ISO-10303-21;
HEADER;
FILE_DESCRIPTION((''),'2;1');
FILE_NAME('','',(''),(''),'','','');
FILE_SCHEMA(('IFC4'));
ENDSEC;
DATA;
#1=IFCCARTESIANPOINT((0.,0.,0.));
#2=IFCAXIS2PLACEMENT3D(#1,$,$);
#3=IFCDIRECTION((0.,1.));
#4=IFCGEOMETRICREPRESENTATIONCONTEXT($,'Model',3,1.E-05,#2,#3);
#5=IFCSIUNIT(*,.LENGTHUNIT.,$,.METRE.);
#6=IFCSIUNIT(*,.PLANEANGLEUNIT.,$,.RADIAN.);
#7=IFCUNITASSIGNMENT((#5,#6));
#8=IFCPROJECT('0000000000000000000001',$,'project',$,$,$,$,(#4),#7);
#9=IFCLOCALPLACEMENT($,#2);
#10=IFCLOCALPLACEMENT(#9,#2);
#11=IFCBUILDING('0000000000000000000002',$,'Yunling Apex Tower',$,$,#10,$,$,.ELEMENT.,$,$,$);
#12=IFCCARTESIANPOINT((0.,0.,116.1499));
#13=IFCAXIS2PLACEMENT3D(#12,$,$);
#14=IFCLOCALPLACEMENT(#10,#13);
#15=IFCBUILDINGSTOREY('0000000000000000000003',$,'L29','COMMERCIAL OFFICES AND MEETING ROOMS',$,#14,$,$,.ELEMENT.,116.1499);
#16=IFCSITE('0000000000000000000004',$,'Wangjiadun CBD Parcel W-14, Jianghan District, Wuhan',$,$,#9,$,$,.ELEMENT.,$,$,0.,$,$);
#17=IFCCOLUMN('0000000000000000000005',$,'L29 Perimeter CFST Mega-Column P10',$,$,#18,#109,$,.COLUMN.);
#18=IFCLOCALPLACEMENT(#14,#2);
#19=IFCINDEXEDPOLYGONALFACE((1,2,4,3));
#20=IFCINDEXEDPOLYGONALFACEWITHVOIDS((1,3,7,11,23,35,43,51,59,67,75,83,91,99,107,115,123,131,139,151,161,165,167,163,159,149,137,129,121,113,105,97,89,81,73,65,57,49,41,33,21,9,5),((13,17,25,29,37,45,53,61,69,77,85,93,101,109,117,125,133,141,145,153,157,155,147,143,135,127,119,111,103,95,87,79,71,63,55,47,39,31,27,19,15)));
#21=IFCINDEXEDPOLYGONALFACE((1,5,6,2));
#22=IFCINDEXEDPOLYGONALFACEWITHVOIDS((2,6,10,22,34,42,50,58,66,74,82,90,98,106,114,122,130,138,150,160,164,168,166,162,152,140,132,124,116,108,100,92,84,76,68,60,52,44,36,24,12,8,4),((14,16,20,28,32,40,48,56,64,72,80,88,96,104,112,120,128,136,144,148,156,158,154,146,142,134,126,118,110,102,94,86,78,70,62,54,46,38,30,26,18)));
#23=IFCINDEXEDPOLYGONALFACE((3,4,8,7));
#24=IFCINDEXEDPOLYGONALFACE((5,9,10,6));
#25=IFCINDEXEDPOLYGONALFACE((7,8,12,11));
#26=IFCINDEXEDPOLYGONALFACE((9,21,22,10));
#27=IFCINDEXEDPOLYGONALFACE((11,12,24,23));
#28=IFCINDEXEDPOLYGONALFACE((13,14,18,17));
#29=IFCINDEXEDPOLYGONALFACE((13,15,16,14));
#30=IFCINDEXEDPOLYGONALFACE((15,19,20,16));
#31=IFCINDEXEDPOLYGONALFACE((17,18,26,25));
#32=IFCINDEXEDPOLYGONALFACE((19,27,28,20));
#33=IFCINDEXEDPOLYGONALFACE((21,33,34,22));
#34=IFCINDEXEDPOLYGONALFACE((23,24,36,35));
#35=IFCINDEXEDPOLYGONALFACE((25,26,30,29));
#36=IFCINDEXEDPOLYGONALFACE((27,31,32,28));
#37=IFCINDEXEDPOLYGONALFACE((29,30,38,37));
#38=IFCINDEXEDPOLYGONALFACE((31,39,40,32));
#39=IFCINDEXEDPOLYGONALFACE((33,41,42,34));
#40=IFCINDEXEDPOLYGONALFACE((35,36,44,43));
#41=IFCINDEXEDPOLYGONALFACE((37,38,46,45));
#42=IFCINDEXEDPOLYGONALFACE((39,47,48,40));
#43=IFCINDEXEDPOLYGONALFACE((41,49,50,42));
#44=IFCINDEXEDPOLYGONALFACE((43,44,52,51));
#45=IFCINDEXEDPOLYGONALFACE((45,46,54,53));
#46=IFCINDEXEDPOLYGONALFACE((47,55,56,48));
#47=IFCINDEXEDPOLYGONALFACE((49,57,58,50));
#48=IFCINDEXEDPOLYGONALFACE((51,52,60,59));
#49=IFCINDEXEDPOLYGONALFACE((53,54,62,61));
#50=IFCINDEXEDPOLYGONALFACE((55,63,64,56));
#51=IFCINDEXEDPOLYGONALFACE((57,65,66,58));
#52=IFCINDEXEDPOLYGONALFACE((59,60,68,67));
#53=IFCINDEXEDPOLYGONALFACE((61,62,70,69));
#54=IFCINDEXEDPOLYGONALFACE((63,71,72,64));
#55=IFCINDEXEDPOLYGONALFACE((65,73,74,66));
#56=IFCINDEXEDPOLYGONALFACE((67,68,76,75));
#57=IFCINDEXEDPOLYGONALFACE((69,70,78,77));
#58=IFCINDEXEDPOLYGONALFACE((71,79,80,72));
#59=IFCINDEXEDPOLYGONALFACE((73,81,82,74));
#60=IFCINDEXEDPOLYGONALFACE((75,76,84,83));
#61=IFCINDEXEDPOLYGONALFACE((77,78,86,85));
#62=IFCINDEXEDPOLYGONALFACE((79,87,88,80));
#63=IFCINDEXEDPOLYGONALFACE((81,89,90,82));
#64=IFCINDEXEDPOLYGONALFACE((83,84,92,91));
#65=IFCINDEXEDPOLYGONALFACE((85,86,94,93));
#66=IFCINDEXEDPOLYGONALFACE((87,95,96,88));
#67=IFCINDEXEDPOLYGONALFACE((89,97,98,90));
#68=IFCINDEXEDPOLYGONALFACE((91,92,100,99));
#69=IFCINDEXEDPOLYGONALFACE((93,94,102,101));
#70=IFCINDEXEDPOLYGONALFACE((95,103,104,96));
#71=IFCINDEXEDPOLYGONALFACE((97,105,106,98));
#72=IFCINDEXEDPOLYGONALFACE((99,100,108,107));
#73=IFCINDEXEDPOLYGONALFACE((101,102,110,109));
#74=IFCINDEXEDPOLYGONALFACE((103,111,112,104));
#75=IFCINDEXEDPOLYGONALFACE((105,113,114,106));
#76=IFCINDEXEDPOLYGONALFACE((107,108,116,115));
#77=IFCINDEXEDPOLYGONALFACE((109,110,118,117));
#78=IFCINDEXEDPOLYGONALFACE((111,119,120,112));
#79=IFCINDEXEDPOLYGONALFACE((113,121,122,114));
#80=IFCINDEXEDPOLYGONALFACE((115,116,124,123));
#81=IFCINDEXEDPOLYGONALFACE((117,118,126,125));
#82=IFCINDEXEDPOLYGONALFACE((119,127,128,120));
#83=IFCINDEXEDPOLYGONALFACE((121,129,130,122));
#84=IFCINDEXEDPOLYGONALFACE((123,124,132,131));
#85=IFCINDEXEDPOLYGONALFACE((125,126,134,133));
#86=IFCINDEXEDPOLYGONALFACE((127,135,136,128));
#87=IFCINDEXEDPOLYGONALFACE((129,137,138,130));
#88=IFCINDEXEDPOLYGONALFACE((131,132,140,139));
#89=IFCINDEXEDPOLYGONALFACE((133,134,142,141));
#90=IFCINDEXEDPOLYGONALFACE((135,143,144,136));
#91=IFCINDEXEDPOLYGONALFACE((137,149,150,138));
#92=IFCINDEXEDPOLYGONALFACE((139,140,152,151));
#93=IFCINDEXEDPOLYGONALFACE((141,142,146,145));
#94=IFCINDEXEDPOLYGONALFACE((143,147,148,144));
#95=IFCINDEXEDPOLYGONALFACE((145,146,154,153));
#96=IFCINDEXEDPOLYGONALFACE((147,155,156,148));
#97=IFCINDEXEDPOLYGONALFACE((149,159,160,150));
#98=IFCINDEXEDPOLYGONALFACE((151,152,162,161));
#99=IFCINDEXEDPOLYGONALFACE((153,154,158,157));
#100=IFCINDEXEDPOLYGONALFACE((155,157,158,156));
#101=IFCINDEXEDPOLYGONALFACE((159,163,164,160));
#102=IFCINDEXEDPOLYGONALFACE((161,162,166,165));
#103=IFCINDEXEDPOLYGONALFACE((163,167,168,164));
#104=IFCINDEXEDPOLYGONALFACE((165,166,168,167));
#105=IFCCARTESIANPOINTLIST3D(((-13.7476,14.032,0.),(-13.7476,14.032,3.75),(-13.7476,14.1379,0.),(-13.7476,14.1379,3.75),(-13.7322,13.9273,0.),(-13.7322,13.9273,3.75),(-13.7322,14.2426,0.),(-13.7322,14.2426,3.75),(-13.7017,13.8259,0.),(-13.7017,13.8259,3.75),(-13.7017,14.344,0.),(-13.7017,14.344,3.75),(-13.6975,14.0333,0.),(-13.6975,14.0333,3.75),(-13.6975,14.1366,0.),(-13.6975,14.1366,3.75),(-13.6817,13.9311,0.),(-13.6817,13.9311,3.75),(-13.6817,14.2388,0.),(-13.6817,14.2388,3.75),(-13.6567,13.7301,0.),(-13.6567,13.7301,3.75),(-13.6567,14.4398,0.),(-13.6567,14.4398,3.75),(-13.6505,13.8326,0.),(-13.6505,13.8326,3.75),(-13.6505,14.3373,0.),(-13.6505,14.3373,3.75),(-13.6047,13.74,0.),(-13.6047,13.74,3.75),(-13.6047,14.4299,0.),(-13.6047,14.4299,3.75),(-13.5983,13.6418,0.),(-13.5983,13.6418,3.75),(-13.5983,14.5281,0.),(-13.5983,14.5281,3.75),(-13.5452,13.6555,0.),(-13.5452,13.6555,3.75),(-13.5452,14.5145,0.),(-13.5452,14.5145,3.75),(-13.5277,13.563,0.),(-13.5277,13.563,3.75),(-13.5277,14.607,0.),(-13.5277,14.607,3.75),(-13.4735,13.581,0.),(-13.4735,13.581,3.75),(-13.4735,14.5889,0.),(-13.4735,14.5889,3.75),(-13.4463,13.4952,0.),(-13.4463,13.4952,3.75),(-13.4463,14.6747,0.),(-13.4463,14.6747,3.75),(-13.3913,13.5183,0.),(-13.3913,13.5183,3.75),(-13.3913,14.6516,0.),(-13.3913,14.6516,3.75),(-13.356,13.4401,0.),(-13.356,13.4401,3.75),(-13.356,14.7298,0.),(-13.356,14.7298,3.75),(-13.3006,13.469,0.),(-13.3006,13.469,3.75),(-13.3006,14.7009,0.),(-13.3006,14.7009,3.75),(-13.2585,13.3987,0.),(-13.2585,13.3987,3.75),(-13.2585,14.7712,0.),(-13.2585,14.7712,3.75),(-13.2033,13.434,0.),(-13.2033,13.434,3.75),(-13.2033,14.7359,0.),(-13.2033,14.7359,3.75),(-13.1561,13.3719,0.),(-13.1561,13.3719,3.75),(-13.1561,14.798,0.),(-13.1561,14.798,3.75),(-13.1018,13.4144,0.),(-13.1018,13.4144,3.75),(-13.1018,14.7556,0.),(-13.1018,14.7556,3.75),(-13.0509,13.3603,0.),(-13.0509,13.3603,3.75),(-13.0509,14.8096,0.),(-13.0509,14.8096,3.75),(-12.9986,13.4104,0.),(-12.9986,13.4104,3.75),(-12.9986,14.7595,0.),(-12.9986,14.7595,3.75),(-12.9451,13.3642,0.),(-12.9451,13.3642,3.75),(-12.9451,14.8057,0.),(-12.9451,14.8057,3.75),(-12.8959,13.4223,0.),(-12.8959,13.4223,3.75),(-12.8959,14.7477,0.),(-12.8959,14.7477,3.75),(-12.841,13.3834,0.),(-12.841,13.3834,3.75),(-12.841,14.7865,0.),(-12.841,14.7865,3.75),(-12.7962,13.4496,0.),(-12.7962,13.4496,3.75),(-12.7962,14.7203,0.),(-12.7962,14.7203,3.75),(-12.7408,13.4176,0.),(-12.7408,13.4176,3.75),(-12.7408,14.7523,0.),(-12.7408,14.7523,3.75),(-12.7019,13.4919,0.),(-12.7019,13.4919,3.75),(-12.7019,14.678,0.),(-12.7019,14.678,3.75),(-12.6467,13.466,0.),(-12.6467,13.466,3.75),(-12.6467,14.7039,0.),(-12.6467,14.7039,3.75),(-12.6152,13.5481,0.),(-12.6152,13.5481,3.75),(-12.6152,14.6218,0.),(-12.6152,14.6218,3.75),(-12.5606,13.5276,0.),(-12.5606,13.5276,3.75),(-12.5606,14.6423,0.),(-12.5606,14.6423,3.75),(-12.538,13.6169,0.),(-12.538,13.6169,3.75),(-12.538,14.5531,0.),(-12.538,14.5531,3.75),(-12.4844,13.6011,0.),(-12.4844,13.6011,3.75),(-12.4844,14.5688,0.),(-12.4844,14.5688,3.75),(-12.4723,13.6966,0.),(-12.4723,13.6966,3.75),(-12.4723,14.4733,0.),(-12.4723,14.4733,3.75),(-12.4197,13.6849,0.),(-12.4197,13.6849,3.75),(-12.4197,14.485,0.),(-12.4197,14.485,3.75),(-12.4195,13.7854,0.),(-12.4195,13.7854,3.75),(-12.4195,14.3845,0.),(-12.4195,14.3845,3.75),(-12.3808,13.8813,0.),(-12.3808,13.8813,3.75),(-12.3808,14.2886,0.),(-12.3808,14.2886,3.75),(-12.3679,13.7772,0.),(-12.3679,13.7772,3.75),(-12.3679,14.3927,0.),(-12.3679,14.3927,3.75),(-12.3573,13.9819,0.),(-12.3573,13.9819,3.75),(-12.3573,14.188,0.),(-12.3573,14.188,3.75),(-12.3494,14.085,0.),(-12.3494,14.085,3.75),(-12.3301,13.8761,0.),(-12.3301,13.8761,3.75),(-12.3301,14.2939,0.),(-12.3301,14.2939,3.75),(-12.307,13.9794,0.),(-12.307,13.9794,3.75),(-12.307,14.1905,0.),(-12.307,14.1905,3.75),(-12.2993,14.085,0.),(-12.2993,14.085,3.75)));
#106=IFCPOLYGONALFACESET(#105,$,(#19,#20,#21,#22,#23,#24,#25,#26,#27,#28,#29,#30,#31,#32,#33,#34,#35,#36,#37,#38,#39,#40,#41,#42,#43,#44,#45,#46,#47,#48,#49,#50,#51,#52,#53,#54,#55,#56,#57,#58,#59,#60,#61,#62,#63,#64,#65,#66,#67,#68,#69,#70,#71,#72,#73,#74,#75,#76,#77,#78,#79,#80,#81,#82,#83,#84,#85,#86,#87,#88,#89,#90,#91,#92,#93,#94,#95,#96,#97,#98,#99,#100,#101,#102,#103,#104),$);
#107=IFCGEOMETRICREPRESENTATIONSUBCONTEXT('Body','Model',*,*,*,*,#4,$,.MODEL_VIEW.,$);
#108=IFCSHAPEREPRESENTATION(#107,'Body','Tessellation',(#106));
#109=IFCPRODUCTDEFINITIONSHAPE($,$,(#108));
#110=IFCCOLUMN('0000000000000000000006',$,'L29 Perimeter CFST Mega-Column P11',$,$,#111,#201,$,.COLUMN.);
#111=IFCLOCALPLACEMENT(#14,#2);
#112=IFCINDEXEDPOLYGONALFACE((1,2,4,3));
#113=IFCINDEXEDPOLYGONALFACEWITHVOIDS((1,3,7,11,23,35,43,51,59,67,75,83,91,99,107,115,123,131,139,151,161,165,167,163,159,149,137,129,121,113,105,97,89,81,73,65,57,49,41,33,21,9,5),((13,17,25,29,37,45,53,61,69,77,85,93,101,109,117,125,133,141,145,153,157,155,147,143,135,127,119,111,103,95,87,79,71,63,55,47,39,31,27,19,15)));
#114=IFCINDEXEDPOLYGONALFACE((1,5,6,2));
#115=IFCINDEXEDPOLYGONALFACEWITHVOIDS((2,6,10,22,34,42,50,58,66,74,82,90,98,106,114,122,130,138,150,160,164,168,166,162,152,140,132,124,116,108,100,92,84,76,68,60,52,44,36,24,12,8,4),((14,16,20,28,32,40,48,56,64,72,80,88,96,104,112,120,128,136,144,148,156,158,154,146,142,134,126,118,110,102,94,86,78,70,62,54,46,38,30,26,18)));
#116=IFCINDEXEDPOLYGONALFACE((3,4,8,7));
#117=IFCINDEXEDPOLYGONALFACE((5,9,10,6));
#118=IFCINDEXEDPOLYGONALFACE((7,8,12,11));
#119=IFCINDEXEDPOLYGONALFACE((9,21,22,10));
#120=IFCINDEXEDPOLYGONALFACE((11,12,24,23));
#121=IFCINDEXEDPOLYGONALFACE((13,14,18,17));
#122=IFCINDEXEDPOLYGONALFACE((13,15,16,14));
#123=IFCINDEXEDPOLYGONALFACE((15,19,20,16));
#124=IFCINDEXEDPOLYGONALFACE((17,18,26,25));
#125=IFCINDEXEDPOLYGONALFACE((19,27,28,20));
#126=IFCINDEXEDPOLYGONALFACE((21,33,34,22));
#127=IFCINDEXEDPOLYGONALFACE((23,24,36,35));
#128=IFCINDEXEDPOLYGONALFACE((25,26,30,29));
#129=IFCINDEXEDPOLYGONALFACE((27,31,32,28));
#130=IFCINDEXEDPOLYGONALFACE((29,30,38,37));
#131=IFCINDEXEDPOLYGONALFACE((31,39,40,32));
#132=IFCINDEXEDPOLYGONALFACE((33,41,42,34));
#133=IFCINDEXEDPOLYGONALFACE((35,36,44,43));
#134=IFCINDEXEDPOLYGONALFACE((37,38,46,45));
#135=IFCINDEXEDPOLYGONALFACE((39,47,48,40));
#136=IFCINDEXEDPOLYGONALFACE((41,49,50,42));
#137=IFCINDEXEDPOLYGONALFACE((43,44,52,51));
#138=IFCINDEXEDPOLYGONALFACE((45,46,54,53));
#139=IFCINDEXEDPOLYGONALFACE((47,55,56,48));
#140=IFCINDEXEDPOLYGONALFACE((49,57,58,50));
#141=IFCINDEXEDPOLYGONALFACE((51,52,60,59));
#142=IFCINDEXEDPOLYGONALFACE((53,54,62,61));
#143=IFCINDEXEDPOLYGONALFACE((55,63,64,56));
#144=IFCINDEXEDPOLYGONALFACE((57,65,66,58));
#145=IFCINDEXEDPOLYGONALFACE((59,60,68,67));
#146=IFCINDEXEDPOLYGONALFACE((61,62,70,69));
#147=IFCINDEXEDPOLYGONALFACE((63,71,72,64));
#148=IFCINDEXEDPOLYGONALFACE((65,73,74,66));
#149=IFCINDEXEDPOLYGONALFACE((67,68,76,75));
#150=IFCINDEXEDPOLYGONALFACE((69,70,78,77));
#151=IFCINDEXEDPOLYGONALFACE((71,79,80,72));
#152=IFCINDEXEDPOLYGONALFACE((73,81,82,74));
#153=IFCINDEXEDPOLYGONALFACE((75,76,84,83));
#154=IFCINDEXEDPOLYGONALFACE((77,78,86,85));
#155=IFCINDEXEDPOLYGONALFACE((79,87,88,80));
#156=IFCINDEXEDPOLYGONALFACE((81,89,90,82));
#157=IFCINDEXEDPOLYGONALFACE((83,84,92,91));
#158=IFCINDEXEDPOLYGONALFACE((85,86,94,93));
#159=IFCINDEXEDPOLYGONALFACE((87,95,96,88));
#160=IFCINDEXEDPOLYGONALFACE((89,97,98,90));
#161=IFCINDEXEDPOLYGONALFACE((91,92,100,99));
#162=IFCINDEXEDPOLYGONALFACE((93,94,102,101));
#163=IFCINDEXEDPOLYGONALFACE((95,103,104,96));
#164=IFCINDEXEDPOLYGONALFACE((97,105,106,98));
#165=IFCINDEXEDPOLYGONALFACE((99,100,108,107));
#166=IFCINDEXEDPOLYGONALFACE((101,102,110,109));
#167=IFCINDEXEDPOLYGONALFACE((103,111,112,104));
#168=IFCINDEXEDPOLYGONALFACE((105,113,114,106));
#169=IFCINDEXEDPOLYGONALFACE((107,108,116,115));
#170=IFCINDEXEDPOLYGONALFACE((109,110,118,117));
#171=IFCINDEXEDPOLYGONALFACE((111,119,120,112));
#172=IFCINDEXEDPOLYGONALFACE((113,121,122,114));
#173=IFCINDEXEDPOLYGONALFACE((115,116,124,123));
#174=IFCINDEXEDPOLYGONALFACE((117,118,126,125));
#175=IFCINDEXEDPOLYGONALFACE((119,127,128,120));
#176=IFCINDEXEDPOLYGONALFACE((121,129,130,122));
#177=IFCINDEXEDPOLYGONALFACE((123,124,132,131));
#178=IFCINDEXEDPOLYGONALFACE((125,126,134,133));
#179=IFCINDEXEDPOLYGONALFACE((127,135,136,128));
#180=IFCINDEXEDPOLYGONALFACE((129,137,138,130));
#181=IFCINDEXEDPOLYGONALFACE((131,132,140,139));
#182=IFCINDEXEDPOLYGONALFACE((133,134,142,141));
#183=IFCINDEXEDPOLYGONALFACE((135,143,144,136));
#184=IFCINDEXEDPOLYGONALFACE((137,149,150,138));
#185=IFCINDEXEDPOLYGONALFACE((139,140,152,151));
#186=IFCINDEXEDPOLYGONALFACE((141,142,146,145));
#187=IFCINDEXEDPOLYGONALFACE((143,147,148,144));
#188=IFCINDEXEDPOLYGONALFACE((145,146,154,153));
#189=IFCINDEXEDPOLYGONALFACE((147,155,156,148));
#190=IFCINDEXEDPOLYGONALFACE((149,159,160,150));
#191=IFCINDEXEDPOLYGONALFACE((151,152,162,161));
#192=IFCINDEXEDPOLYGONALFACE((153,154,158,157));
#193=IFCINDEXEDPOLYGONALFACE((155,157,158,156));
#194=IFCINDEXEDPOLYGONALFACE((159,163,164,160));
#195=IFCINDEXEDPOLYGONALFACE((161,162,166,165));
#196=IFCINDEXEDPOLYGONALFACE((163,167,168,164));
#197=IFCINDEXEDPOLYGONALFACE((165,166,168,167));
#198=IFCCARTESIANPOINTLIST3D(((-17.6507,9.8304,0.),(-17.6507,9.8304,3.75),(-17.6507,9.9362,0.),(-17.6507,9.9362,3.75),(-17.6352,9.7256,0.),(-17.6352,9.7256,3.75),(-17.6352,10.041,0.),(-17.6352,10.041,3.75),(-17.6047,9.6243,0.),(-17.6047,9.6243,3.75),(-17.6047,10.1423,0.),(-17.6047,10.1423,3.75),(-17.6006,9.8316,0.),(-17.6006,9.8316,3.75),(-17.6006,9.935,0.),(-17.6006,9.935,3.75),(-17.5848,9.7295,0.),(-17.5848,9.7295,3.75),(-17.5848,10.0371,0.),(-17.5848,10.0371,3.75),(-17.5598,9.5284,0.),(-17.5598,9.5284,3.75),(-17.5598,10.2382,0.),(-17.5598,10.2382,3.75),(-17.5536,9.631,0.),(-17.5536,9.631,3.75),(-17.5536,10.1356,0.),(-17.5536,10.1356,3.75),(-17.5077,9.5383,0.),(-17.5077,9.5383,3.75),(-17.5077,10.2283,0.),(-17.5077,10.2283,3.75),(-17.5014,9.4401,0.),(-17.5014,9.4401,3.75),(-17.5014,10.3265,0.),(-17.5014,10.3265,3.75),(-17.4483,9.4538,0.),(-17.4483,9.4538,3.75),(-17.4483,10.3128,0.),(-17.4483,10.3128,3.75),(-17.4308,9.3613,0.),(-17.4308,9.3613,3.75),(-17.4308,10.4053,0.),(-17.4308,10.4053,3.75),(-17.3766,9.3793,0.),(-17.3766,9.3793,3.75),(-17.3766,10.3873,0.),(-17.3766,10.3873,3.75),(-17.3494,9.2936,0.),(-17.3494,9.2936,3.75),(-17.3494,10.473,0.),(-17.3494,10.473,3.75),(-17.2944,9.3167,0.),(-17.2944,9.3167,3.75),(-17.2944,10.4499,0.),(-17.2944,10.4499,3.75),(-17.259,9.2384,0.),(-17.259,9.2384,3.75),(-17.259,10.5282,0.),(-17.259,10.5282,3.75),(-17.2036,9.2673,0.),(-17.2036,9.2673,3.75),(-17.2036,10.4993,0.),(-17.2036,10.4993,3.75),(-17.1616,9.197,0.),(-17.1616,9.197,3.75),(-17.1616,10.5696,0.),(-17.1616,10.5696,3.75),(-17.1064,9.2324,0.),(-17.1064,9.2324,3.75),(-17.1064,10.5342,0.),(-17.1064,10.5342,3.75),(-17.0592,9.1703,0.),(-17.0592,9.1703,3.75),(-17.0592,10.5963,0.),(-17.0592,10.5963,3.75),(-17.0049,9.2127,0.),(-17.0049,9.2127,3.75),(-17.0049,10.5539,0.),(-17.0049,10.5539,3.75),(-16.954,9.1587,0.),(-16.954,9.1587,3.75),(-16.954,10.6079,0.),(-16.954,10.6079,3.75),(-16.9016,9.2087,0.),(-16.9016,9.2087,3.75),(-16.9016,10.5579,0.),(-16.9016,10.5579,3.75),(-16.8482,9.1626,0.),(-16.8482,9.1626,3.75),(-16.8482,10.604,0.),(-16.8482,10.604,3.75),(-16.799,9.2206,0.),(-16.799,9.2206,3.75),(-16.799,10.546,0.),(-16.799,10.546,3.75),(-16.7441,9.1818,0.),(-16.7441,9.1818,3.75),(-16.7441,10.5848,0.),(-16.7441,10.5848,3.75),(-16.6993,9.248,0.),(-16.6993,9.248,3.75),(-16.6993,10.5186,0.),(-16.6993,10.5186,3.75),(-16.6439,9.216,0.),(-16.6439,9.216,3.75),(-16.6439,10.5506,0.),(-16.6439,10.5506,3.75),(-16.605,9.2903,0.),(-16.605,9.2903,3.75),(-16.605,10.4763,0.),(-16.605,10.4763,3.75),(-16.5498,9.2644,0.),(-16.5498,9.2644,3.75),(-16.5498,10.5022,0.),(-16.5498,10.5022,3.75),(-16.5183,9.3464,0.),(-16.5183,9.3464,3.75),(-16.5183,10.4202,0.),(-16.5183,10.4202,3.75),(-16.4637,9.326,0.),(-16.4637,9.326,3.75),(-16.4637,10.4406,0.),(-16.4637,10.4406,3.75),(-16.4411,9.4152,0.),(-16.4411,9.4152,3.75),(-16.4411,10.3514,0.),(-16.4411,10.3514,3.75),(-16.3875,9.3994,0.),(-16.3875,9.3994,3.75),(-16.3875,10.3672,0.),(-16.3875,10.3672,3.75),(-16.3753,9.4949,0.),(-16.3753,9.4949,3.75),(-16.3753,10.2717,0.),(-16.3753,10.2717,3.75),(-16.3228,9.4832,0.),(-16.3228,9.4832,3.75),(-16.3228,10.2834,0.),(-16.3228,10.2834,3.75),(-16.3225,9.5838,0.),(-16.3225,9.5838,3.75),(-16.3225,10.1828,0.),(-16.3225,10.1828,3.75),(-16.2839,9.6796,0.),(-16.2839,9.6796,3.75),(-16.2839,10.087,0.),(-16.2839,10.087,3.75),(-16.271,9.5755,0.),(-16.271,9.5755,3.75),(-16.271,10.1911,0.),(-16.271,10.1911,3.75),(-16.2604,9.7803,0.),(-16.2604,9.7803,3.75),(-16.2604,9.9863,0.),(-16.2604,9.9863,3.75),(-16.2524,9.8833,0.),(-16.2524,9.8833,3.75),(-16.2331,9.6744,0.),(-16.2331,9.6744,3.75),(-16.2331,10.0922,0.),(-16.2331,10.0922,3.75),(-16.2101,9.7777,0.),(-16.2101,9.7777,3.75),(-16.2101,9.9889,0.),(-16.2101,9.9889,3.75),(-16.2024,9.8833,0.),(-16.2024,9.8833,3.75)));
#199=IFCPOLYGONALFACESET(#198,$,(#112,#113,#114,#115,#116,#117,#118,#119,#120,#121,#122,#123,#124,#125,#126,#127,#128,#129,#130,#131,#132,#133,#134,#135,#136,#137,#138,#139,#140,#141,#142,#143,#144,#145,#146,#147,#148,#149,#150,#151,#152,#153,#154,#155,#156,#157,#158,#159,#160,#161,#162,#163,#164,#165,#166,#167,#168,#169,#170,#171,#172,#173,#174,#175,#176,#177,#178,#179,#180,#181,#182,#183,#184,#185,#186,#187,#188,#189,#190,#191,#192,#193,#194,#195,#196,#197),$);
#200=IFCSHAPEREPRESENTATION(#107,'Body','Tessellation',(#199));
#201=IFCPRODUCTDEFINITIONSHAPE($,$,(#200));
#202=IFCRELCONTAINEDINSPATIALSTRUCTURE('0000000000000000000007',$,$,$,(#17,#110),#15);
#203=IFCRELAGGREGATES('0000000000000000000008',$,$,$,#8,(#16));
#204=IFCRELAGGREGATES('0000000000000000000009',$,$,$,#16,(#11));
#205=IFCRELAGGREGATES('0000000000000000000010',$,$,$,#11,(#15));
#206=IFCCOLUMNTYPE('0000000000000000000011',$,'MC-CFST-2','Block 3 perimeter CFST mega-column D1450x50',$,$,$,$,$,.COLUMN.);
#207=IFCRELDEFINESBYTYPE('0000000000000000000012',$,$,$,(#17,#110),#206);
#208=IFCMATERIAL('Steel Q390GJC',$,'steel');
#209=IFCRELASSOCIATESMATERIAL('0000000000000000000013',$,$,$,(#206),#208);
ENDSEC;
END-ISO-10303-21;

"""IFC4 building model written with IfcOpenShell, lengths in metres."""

from ifc_helpers import new_model, si_unit, direction, frame, origin, origin_2d, place, context, subcontext, project, spatial, hollow_circle, extrude, source, transform, mapped, material, material_profile, profile_set, type_object, element, save


model = new_model("IFC4")

# Units and contexts
model_context = context("Model", 3, precision=1e-05, world=origin(), true_north=direction((0.0, 1.0)))
body_context = subcontext(model_context, "Body", "Model", "MODEL_VIEW")
ifc_project = project(units=[si_unit("LENGTHUNIT", "METRE"), si_unit("PLANEANGLEUNIT", "RADIAN")], contexts=[model_context])

# Site, building, storey
site_placement = place(None, origin())
site = spatial("IfcSite", under=ifc_project, at=site_placement, Name="Wangjiadun CBD Parcel W-14, Jianghan District, Wuhan", CompositionType="ELEMENT", RefElevation=0.0)
building_placement = place(site_placement, origin())
building = spatial("IfcBuilding", under=site, at=building_placement, Name="Yunling Apex Tower", CompositionType="ELEMENT")
storey_placement = place(building_placement, frame((0.0, 0.0, 116.1499)))
storey = spatial("IfcBuildingStorey", under=building, at=storey_placement, Name="L29", Description="COMMERCIAL OFFICES AND MEETING ROOMS", CompositionType="ELEMENT", Elevation=116.1499)

# Columns
ifc_material_1 = material(Name="Steel Q390GJC", Category="steel")
ifc_material_profile_1 = material_profile(ifc_material_1, hollow_circle(Radius=0.7251, WallThickness=0.05, at=origin_2d()))
ifc_profile_set_1 = profile_set([ifc_material_profile_1], Name="Steel Q390GJC")
column_type = type_object("IfcColumnType", Name="MC-CFST-2", Description="Block 3 perimeter CFST mega-column D1450x50", PredefinedType="COLUMN", material=ifc_profile_set_1)
shared_shape_1 = source(origin(), body_context, "Body", "SweptSolid", [
    extrude(hollow_circle(Radius=0.7251, WallThickness=0.05, at=origin_2d()), origin(), (0.0, 0.0, 1.0), 3.75),
])
for number, where, z_axis, x_axis, name in (
    (1, (-13.0244, 14.085, 0.0), (0.0, 0.0, 1.0), (1.0, 0.0, 0.0), "L29 Perimeter CFST Mega-Column P10"),
    (2, (-16.9275, 9.8833, 0.0), (0.0, 0.0, 1.0), (1.0, 0.0, 0.0), "L29 Perimeter CFST Mega-Column P11"),
):
    element("IfcColumn", number, at=place(storey_placement, frame(where, z_axis=z_axis, x_axis=x_axis)), inside=storey, type_object=column_type, Name=name, PredefinedType="COLUMN", context=body_context, shape_type="MappedRepresentation", body=[
        mapped(shared_shape_1, transform((0.0, 0.0, 0.0), scale=1.0)),
    ])

save(model, "model.ifc")
